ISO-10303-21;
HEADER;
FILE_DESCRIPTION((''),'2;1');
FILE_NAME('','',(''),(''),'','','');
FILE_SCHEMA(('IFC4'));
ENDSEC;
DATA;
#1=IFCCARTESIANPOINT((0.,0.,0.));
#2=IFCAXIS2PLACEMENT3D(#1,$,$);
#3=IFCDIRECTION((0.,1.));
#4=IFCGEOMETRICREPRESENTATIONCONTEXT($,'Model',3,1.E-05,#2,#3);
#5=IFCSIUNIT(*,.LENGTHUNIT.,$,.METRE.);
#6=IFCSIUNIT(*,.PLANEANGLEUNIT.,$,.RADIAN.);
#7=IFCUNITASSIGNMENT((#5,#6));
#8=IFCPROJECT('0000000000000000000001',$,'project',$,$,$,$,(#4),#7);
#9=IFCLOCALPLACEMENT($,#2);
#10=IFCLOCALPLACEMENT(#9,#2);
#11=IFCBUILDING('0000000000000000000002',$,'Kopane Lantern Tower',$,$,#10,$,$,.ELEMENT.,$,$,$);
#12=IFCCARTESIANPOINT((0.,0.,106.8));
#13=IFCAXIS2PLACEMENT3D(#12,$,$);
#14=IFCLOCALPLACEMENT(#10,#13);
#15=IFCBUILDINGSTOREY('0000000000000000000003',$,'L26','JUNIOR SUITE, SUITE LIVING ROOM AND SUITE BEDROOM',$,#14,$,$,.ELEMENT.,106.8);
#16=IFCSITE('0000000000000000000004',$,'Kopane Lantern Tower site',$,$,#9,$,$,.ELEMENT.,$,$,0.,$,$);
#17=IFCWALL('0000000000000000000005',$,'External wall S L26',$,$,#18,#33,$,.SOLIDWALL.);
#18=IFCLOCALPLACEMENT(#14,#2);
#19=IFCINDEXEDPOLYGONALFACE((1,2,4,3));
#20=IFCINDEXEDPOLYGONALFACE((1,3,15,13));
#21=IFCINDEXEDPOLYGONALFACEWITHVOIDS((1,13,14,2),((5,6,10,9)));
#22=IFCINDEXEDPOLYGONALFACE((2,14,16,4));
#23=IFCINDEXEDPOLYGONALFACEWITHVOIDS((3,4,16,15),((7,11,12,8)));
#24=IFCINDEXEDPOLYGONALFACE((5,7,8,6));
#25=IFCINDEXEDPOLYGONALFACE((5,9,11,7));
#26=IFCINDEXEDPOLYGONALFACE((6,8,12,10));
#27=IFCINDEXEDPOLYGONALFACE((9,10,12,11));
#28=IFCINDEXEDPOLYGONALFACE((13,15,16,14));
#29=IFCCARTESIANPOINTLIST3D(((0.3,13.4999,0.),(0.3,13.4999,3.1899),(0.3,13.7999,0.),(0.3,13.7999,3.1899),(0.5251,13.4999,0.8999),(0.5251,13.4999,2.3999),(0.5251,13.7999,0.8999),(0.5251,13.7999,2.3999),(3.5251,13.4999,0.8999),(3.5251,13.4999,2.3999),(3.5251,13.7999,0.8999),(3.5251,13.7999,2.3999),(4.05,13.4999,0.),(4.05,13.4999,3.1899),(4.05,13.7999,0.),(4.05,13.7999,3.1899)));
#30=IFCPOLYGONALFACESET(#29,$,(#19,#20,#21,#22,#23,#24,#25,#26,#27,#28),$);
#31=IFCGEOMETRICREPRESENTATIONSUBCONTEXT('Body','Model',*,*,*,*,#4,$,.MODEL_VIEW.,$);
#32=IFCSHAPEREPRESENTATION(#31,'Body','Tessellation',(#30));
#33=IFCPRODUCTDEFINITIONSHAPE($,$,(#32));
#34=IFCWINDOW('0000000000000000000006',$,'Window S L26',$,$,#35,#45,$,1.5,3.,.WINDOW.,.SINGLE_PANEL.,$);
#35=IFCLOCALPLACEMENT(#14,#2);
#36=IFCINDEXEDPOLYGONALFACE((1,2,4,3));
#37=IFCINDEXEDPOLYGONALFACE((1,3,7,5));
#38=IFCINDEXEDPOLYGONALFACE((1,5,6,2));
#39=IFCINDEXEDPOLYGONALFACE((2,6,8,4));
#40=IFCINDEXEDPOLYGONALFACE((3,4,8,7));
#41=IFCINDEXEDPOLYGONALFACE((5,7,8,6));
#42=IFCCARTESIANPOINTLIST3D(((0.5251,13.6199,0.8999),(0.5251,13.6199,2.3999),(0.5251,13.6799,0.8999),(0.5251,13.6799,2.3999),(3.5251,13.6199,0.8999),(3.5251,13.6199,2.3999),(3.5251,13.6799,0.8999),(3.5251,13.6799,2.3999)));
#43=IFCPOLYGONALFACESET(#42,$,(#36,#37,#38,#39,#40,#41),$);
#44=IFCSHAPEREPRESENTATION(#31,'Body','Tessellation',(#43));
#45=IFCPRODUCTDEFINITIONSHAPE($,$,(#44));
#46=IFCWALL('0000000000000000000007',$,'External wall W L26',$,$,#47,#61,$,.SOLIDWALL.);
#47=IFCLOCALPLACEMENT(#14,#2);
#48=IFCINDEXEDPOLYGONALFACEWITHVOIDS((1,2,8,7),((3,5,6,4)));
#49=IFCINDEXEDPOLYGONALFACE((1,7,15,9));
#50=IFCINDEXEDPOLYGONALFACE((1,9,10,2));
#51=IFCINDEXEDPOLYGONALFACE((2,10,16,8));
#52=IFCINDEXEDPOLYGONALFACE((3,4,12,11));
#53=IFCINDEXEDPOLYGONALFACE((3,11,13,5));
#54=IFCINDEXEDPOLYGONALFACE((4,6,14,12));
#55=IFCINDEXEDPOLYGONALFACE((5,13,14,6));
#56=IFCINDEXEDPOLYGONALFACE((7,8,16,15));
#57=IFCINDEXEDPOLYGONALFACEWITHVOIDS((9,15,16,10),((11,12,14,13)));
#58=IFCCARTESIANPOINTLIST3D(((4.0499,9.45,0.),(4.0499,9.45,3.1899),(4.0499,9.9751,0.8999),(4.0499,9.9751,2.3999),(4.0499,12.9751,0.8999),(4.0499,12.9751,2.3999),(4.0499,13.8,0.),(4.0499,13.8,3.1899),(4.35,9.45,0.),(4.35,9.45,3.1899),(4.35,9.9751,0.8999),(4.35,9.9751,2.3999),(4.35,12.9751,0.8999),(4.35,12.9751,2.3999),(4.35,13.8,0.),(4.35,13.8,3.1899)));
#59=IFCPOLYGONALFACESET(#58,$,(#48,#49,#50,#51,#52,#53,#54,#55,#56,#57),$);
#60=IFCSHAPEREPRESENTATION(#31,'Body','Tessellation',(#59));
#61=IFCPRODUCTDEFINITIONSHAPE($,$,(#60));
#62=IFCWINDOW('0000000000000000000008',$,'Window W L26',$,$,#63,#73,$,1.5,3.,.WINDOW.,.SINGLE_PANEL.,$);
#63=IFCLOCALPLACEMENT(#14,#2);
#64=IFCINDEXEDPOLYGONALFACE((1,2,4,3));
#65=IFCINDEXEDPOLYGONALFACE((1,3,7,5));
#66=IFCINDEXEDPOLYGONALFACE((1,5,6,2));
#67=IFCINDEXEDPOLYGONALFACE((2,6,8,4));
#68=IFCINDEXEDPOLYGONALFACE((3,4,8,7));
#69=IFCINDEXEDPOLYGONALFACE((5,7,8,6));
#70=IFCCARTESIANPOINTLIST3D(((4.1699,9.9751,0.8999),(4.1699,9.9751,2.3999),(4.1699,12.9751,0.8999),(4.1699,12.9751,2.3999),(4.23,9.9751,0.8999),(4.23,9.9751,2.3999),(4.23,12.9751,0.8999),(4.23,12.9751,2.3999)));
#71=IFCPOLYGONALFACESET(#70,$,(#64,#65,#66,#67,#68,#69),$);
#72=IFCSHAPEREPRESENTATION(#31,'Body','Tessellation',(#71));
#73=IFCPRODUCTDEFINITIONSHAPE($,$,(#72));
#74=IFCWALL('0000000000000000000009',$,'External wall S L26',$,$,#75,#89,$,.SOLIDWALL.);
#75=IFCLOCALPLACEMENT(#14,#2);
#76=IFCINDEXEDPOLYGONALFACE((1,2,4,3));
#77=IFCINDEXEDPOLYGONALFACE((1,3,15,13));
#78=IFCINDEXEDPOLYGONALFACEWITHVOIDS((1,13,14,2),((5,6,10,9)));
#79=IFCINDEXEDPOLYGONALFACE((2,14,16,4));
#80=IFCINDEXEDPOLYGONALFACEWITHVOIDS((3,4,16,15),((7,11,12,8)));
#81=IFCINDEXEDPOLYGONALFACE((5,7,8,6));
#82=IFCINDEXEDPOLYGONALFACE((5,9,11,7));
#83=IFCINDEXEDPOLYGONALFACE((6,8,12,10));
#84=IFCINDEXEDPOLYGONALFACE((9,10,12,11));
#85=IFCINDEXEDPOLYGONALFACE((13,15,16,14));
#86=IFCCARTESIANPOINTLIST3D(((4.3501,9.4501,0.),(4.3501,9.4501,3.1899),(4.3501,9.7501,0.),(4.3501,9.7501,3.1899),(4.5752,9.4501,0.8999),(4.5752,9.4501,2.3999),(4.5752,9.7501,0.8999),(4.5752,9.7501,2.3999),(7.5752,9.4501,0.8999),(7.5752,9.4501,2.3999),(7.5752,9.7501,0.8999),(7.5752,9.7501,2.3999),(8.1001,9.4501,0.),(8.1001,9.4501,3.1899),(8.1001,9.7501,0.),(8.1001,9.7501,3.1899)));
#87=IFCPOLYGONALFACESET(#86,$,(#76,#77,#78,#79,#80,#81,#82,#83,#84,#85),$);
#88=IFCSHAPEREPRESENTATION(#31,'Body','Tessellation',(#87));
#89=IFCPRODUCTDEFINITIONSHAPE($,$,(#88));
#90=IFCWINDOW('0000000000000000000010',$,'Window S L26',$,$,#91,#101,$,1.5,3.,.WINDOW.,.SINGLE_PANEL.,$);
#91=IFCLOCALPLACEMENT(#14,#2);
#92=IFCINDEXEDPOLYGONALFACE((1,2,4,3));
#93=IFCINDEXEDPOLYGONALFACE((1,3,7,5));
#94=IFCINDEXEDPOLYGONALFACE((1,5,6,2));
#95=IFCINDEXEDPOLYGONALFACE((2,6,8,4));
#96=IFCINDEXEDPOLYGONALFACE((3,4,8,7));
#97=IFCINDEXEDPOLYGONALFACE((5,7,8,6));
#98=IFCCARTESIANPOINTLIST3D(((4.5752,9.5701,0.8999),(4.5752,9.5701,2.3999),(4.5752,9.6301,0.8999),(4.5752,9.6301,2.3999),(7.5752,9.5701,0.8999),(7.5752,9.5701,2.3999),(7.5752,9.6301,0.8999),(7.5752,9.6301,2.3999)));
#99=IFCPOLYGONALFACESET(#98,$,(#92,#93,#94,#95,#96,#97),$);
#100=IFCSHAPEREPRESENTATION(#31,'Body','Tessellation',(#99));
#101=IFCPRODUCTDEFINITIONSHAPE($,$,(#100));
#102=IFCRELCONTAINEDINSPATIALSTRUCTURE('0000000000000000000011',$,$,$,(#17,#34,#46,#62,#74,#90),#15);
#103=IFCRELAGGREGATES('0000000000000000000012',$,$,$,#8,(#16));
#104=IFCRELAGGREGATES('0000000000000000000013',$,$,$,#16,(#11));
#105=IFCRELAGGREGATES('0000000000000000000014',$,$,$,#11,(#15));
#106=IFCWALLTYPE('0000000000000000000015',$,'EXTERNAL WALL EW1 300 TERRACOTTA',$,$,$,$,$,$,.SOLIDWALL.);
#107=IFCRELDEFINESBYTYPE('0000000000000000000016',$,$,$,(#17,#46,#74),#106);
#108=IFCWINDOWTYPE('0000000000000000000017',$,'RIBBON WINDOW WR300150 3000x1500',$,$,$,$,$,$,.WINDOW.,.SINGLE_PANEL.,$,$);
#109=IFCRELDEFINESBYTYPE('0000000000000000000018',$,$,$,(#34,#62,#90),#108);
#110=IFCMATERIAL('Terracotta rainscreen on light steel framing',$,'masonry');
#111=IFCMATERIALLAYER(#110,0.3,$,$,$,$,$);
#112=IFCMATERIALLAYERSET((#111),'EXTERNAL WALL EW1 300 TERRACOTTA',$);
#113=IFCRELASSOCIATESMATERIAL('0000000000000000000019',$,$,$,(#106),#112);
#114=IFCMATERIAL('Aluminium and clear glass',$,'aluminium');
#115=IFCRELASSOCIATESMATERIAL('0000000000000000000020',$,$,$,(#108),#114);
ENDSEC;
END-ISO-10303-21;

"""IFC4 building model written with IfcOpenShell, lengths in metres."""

from ifc_helpers import new_model, si_unit, direction, frame, frame_2d, origin, place, context, subcontext, project, spatial, rectangle, extrude, material, layer, layer_set, type_object, element, fill, save


model = new_model("IFC4")

# Units and contexts
model_context = context("Model", 3, precision=1e-05, world=origin(), true_north=direction((0.0, 1.0)))
body_context = subcontext(model_context, "Body", "Model", "MODEL_VIEW")
ifc_project = project(units=[si_unit("LENGTHUNIT", "METRE"), si_unit("PLANEANGLEUNIT", "RADIAN")], contexts=[model_context])

# Site, building, storey
site_placement = place(None, origin())
site = spatial("IfcSite", under=ifc_project, at=site_placement, Name="Kopane Lantern Tower site", CompositionType="ELEMENT", RefElevation=0.0)
building_placement = place(site_placement, origin())
building = spatial("IfcBuilding", under=site, at=building_placement, Name="Kopane Lantern Tower", CompositionType="ELEMENT")
storey_placement = place(building_placement, frame((0.0, 0.0, 106.8)))
storey = spatial("IfcBuildingStorey", under=building, at=storey_placement, Name="L26", Description="JUNIOR SUITE, SUITE LIVING ROOM AND SUITE BEDROOM", CompositionType="ELEMENT", Elevation=106.8)

# Walls, openings, windows
ifc_material_1 = material(Name="Terracotta rainscreen on light steel framing", Category="masonry")
ifc_layer_1 = layer(ifc_material_1, 0.3)
ifc_layer_set_1 = layer_set([ifc_layer_1], Name="EXTERNAL WALL EW1 300 TERRACOTTA")
wall_type = type_object("IfcWallType", Name="EXTERNAL WALL EW1 300 TERRACOTTA", PredefinedType="SOLIDWALL", material=ifc_layer_set_1)
wall_1_placement = place(storey_placement, frame((0.3, 13.6499, 0.0), z_axis=(0.0, 0.0, 1.0), x_axis=(1.0, 0.0, 0.0)))
wall_1 = element("IfcWall", 1, at=wall_1_placement, inside=storey, type_object=wall_type, Name="External wall S L26", PredefinedType="SOLIDWALL", context=body_context, shape_type="SweptSolid", body=[
    extrude(rectangle(XDim=3.75, YDim=0.3, at=frame_2d((1.875, 0.0))), origin(), (0.0, 0.0, 1.0), 3.1899),
])
opening_1_placement = place(wall_1_placement, frame((0.2251, 0.0, 0.8999)))
opening_1 = element("IfcOpeningElement", 2, at=opening_1_placement, cuts=wall_1, PredefinedType="OPENING", context=body_context, shape_type="SweptSolid", body=[
    extrude(rectangle(XDim=3.0, YDim=1.5, at=frame_2d((1.5, 0.75))), frame((0.0, 0.1599, 0.0), z_axis=(0.0, -1.0, 0.0), x_axis=(1.0, 0.0, 0.0)), (0.0, 0.0, 1.0), 0.3201),
])
ifc_material_2 = material(Name="Aluminium and clear glass", Category="aluminium")
window_type = type_object("IfcWindowType", Name="RIBBON WINDOW WR300150 3000x1500", PartitioningType="SINGLE_PANEL", PredefinedType="WINDOW", material=ifc_material_2)
window_1_placement = place(opening_1_placement, origin())
window_1 = element("IfcWindow", 3, at=window_1_placement, inside=storey, type_object=window_type, Name="Window S L26", OverallHeight=1.5, OverallWidth=3.0, PartitioningType="SINGLE_PANEL", PredefinedType="WINDOW", context=body_context, shape_type="SweptSolid", body=[
    extrude(rectangle(XDim=3.0, YDim=1.5, at=frame_2d((1.5, 0.75))), frame((0.0, 0.03, 0.0), z_axis=(0.0, -1.0, 0.0), x_axis=(1.0, 0.0, 0.0)), (0.0, 0.0, 1.0), 0.0601),
])
fill(opening_1, window_1)
wall_2_placement = place(storey_placement, frame((4.2, 13.8, 0.0), z_axis=(0.0, 0.0, 1.0), x_axis=(0.0, -1.0, 0.0)))
wall_2 = element("IfcWall", 4, at=wall_2_placement, inside=storey, type_object=wall_type, Name="External wall W L26", PredefinedType="SOLIDWALL", context=body_context, shape_type="SweptSolid", body=[
    extrude(rectangle(XDim=4.3501, YDim=0.3, at=frame_2d((2.175, 0.0))), origin(), (0.0, 0.0, 1.0), 3.1899),
])
opening_2_placement = place(wall_2_placement, frame((0.825, 0.0, 0.8999)))
opening_2 = element("IfcOpeningElement", 5, at=opening_2_placement, cuts=wall_2, PredefinedType="OPENING", context=body_context, shape_type="SweptSolid", body=[
    extrude(rectangle(XDim=3.0, YDim=1.5, at=frame_2d((1.5, 0.75))), frame((0.0, 0.1599, 0.0), z_axis=(0.0, -1.0, 0.0), x_axis=(1.0, 0.0, 0.0)), (0.0, 0.0, 1.0), 0.3201),
])
window_2_placement = place(opening_2_placement, origin())
window_2 = element("IfcWindow", 6, at=window_2_placement, inside=storey, type_object=window_type, Name="Window W L26", OverallHeight=1.5, OverallWidth=3.0, PartitioningType="SINGLE_PANEL", PredefinedType="WINDOW", context=body_context, shape_type="SweptSolid", body=[
    extrude(rectangle(XDim=3.0, YDim=1.5, at=frame_2d((1.5, 0.75))), frame((0.0, 0.03, 0.0), z_axis=(0.0, -1.0, 0.0), x_axis=(1.0, 0.0, 0.0)), (0.0, 0.0, 1.0), 0.0601),
])
fill(opening_2, window_2)
wall_3_placement = place(storey_placement, frame((4.3501, 9.6001, 0.0), z_axis=(0.0, 0.0, 1.0), x_axis=(1.0, 0.0, 0.0)))
wall_3 = element("IfcWall", 7, at=wall_3_placement, inside=storey, type_object=wall_type, Name="External wall S L26", PredefinedType="SOLIDWALL", context=body_context, shape_type="SweptSolid", body=[
    extrude(rectangle(XDim=3.75, YDim=0.3, at=frame_2d((1.875, 0.0))), origin(), (0.0, 0.0, 1.0), 3.1899),
])
opening_3_placement = place(wall_3_placement, frame((0.2251, 0.0, 0.8999)))
opening_3 = element("IfcOpeningElement", 8, at=opening_3_placement, cuts=wall_3, PredefinedType="OPENING", context=body_context, shape_type="SweptSolid", body=[
    extrude(rectangle(XDim=3.0, YDim=1.5, at=frame_2d((1.5, 0.75))), frame((0.0, 0.1599, 0.0), z_axis=(0.0, -1.0, 0.0), x_axis=(1.0, 0.0, 0.0)), (0.0, 0.0, 1.0), 0.3201),
])
window_3_placement = place(opening_3_placement, origin())
window_3 = element("IfcWindow", 9, at=window_3_placement, inside=storey, type_object=window_type, Name="Window S L26", OverallHeight=1.5, OverallWidth=3.0, PartitioningType="SINGLE_PANEL", PredefinedType="WINDOW", context=body_context, shape_type="SweptSolid", body=[
    extrude(rectangle(XDim=3.0, YDim=1.5, at=frame_2d((1.5, 0.75))), frame((0.0, 0.03, 0.0), z_axis=(0.0, -1.0, 0.0), x_axis=(1.0, 0.0, 0.0)), (0.0, 0.0, 1.0), 0.0601),
])
fill(opening_3, window_3)

save(model, "model.ifc")
